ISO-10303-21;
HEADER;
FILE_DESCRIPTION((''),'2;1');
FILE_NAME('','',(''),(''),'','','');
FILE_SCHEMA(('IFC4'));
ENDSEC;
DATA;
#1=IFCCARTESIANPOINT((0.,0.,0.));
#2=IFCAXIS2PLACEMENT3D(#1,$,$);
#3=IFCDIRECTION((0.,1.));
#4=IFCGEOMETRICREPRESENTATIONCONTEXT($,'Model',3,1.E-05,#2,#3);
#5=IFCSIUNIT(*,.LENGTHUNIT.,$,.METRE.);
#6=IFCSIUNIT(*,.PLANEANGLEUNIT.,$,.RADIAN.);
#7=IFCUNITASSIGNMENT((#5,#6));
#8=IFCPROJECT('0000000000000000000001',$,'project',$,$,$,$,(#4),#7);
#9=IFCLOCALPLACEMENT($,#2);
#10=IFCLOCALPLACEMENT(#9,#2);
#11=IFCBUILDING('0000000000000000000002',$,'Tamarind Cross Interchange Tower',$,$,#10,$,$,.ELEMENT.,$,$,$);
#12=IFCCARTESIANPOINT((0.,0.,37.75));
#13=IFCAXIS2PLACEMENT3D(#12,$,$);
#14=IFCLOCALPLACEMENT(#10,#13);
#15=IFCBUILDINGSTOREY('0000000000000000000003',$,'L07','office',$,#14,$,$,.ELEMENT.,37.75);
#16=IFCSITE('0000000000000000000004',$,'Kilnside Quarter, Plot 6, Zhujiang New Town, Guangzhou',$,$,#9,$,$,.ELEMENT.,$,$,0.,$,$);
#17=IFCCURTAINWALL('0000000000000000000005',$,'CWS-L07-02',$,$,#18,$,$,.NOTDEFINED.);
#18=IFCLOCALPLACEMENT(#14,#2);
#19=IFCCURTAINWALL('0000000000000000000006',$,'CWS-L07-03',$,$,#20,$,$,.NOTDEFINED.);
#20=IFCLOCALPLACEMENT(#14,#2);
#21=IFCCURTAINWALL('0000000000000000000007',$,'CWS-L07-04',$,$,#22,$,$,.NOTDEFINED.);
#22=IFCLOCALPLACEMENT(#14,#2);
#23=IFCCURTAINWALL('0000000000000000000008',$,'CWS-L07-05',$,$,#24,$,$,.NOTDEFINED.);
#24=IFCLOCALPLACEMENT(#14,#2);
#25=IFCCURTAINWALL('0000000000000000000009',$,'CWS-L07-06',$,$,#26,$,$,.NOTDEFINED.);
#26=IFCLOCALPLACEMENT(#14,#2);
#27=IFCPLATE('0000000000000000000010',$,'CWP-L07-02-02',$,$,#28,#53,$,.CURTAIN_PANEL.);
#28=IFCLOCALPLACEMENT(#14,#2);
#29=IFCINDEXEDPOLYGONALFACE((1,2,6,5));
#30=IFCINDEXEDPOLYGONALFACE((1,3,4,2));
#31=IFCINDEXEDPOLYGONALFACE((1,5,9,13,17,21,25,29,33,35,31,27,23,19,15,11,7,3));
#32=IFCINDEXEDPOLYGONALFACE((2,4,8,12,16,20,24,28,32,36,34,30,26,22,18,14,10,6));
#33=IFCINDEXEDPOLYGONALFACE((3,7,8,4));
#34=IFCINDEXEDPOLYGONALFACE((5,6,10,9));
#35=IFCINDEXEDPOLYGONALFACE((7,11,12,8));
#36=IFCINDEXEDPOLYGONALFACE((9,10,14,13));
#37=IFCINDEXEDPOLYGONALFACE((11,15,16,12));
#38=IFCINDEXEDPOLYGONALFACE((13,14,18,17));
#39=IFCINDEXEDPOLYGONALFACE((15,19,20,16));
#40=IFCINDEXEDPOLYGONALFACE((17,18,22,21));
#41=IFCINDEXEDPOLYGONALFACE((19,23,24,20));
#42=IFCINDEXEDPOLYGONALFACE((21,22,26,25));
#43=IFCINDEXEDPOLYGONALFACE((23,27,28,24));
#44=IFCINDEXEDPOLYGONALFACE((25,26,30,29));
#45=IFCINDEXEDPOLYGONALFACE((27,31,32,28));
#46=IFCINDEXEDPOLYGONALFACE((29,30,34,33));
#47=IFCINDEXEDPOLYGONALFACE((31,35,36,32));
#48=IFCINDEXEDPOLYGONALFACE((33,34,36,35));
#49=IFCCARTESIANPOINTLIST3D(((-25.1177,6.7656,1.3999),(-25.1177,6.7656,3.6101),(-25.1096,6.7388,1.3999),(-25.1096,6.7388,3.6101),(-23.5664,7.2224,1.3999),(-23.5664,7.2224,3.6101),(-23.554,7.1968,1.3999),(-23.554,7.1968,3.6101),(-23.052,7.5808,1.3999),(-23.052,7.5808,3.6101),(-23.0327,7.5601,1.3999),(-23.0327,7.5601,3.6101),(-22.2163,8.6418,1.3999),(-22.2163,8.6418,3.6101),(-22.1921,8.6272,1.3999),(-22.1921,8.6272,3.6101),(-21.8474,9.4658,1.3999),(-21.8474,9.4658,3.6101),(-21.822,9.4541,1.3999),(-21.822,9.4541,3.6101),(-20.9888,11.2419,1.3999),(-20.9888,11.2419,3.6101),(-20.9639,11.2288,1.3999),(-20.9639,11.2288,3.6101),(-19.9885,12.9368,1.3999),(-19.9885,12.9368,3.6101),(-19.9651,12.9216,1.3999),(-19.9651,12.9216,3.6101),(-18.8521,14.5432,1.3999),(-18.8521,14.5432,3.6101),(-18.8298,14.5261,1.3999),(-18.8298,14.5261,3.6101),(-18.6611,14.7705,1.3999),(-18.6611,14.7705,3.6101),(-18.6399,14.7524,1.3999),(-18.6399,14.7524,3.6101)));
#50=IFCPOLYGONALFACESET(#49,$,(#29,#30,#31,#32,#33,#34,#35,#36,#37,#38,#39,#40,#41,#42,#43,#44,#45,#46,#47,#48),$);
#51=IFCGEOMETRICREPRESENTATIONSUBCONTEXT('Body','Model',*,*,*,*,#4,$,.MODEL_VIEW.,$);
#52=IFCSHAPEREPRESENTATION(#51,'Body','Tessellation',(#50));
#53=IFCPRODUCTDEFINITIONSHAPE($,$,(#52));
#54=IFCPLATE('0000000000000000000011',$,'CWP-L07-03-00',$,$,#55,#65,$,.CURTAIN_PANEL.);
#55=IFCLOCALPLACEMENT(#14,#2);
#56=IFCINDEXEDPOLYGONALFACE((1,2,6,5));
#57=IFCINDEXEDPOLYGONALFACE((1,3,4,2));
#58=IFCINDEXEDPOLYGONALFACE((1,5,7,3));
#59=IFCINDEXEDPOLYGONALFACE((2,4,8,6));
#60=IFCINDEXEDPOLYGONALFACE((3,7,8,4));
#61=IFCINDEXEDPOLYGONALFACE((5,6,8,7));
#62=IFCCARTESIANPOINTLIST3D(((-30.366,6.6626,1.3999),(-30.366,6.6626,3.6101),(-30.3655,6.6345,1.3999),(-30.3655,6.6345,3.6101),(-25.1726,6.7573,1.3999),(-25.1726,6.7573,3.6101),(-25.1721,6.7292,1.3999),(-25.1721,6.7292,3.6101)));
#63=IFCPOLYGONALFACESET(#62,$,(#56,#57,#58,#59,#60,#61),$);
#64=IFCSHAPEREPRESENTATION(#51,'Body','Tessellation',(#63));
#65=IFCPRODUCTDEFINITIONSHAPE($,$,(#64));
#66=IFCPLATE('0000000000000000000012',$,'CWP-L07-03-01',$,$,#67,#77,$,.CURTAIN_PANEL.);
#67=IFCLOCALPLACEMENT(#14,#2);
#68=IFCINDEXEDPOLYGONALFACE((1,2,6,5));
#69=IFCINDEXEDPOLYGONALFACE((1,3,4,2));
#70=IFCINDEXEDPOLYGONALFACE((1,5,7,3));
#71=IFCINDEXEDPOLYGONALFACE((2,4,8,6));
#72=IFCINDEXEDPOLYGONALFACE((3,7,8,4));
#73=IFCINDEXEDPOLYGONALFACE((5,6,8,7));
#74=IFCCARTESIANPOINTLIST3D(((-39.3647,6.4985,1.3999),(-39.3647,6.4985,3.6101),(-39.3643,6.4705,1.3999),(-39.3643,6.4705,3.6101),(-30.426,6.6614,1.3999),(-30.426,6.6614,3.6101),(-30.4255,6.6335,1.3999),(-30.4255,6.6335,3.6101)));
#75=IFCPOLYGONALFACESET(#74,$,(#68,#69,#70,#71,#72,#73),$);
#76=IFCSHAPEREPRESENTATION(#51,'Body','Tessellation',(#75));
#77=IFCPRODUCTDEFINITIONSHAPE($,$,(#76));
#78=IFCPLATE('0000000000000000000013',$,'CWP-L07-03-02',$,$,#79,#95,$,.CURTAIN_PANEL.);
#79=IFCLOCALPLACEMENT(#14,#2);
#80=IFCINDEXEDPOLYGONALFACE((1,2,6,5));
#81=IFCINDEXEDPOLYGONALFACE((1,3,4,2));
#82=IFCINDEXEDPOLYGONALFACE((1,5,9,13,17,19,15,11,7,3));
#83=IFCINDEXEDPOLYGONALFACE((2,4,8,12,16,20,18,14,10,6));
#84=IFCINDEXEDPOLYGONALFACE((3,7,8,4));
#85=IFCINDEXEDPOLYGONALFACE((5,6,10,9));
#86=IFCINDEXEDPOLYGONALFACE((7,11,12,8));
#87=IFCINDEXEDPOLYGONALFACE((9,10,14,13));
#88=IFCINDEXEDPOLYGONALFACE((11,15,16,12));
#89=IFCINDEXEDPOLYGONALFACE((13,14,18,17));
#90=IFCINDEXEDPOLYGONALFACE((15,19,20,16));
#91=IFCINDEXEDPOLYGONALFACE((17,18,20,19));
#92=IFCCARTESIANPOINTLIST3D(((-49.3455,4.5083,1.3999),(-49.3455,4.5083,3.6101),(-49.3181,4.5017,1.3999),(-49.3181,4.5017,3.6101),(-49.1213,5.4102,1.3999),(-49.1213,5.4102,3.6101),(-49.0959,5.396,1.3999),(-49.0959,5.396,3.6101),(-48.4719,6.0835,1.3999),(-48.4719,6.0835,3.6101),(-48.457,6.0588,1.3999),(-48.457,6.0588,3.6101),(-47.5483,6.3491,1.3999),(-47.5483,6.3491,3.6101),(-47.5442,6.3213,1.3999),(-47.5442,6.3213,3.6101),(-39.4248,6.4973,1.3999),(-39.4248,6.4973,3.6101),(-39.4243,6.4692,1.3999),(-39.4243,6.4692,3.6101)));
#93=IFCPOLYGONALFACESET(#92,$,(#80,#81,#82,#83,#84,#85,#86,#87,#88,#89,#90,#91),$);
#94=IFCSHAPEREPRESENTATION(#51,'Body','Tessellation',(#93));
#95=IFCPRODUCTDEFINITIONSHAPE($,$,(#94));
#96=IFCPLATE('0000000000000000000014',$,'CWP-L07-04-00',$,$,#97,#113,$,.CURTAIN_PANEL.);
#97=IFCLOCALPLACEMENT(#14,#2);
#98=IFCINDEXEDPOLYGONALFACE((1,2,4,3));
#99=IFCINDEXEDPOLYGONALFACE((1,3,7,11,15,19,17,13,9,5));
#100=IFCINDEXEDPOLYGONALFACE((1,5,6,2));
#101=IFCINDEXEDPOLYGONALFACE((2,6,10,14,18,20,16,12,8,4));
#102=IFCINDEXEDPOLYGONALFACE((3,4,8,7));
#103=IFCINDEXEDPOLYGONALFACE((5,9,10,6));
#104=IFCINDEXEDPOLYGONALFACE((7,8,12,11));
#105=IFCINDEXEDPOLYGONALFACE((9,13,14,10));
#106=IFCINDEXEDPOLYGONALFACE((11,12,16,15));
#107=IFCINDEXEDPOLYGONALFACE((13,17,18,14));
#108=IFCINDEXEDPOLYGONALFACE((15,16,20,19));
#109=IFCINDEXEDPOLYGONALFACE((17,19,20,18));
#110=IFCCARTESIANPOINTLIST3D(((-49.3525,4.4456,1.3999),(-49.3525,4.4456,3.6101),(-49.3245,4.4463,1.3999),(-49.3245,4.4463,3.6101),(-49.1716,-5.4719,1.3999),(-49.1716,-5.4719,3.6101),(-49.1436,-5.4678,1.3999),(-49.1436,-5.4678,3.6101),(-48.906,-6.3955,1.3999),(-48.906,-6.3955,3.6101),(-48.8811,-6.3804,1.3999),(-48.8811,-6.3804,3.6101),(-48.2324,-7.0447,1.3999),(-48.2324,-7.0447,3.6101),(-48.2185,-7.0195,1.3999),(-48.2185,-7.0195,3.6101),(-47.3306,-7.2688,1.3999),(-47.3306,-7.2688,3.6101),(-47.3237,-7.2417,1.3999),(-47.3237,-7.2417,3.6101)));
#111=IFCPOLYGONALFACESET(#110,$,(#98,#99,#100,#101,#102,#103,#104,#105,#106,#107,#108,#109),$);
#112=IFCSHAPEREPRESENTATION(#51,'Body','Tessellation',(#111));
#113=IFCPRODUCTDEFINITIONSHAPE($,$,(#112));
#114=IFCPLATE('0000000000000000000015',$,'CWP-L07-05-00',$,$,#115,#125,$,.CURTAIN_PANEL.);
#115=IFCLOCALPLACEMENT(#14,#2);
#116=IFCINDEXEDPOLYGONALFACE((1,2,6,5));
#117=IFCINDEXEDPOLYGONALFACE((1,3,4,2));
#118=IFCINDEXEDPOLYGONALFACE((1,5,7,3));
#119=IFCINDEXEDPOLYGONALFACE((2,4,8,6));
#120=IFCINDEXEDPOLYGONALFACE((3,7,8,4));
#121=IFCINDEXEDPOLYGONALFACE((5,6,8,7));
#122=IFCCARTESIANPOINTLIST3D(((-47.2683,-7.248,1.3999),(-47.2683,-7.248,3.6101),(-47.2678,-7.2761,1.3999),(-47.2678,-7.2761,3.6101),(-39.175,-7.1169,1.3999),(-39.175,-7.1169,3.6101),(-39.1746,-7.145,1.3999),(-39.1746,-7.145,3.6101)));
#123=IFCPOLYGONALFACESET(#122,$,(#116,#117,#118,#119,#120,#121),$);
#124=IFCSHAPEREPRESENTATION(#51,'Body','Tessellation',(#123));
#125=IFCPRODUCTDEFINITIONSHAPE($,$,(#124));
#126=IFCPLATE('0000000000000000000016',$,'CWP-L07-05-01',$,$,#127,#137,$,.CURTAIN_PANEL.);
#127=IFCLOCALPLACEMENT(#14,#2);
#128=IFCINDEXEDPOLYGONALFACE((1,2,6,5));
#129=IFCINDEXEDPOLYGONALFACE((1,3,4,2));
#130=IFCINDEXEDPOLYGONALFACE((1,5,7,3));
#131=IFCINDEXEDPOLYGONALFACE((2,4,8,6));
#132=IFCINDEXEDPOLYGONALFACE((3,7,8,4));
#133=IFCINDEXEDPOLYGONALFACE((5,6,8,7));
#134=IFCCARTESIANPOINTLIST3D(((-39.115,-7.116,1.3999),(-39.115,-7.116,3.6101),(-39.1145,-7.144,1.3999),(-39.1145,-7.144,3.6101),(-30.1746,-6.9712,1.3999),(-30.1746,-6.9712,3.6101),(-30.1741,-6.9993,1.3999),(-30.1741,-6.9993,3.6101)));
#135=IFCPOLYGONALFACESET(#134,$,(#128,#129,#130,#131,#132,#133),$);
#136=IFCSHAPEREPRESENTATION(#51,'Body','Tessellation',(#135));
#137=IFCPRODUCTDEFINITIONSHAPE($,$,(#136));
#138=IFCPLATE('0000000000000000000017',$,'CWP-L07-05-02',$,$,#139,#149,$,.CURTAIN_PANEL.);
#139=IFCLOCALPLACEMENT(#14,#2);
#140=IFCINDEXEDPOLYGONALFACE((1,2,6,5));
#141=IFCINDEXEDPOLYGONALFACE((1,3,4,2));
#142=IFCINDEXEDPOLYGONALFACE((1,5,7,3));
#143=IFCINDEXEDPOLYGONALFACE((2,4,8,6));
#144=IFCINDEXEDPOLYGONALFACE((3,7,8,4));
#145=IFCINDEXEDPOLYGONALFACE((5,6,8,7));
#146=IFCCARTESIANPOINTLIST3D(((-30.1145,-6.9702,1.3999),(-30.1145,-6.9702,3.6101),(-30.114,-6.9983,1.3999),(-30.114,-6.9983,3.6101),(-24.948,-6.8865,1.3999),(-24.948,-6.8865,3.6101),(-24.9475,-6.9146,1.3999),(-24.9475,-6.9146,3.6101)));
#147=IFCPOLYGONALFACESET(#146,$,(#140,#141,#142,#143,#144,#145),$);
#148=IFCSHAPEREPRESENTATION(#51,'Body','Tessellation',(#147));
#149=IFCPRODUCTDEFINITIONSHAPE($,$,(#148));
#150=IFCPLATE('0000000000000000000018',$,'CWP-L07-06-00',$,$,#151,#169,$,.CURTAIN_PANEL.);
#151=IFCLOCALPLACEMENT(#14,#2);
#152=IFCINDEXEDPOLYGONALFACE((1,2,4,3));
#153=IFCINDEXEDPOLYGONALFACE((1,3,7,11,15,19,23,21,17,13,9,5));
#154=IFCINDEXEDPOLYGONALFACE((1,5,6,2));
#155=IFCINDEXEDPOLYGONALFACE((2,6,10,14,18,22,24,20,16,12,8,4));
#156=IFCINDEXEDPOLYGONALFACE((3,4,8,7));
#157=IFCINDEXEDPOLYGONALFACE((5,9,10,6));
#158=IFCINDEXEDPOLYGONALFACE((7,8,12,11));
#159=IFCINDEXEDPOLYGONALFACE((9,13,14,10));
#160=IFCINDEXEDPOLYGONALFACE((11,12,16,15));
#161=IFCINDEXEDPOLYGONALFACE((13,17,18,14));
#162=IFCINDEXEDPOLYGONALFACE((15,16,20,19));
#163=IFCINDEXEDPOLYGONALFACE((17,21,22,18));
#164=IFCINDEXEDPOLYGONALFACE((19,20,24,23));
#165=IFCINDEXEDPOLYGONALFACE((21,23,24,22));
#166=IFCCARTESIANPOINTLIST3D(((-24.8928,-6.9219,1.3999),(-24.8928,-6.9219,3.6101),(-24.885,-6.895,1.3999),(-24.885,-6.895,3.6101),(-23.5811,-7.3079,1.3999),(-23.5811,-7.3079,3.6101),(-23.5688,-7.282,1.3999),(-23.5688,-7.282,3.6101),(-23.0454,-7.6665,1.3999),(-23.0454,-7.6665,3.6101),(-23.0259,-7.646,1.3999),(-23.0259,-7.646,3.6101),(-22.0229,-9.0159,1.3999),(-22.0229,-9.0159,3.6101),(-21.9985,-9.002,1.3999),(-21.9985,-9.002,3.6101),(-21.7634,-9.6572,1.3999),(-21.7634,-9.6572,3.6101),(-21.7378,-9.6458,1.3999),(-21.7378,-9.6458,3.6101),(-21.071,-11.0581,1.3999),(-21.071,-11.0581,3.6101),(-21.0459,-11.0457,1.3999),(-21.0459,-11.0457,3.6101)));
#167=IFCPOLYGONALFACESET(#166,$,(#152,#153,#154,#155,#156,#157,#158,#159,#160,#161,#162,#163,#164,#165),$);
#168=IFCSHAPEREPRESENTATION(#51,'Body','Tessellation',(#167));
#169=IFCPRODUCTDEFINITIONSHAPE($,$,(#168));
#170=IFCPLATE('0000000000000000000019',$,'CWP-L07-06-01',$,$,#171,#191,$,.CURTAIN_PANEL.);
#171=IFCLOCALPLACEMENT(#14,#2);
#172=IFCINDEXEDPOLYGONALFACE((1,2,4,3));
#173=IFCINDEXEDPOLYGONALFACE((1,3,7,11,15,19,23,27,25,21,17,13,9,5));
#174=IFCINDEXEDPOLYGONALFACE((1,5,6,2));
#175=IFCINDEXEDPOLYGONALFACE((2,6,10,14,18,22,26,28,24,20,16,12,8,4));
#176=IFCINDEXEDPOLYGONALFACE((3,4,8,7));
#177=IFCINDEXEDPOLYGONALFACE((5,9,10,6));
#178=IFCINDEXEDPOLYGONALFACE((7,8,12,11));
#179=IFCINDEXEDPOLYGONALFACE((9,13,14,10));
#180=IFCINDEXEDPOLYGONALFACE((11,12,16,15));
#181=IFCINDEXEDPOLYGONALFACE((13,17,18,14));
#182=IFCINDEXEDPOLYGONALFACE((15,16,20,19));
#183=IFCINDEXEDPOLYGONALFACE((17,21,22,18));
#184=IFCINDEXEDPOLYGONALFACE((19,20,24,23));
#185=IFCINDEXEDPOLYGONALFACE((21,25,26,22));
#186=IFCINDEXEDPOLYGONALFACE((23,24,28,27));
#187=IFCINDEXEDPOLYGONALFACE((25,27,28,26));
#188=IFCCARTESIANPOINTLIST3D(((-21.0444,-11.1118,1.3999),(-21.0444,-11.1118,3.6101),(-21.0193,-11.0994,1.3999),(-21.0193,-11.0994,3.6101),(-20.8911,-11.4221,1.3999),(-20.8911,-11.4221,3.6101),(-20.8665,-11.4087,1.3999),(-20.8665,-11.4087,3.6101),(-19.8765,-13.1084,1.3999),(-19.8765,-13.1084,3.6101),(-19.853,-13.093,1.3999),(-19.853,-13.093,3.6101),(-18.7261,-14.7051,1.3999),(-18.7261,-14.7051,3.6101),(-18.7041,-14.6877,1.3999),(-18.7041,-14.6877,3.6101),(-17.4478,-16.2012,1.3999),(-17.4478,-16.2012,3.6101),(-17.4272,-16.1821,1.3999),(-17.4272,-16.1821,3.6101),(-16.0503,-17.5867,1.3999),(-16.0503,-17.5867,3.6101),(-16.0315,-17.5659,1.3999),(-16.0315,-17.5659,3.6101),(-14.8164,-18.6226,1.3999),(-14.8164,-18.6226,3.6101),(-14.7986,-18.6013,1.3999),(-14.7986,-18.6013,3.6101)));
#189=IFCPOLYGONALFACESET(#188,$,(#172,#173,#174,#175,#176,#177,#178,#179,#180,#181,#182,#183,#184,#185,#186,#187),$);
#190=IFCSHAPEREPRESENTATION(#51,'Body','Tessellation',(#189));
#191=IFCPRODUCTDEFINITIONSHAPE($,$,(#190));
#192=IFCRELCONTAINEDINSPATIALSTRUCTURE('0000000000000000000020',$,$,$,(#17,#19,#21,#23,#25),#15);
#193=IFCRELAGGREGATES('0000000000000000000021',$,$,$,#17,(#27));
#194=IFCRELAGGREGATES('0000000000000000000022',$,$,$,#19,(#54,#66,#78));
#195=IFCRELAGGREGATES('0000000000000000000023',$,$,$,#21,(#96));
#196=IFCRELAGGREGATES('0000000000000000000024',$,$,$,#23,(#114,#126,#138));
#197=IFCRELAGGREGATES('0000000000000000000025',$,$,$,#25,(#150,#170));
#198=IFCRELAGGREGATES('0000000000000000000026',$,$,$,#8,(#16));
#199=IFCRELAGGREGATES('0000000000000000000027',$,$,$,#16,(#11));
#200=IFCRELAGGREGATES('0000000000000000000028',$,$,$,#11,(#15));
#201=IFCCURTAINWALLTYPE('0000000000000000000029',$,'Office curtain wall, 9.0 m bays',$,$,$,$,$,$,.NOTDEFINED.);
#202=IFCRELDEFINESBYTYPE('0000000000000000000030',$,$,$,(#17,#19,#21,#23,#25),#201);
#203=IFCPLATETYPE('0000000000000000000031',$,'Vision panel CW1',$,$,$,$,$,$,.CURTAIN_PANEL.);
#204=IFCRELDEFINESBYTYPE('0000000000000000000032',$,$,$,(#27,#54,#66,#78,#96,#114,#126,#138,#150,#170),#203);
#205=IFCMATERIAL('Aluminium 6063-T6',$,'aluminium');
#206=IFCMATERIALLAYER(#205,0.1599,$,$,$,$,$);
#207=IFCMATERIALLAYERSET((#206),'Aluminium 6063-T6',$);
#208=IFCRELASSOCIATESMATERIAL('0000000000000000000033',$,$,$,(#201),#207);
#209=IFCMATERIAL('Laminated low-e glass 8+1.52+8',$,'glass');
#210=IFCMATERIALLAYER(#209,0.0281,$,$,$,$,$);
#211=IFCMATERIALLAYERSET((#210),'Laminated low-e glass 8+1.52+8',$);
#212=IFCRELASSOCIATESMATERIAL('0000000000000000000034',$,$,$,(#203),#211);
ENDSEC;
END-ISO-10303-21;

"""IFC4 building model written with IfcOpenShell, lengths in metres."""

from ifc_helpers import new_model, si_unit, direction, frame, origin, place, context, subcontext, project, spatial, polyline, outline, extrude, material, layer, layer_set, type_object, element, aggregate, save


model = new_model("IFC4")

# Units and contexts
model_context = context("Model", 3, precision=1e-05, world=origin(), true_north=direction((0.0, 1.0)))
body_context = subcontext(model_context, "Body", "Model", "MODEL_VIEW")
ifc_project = project(units=[si_unit("LENGTHUNIT", "METRE"), si_unit("PLANEANGLEUNIT", "RADIAN")], contexts=[model_context])

# Site, building, storey
site_placement = place(None, origin())
site = spatial("IfcSite", under=ifc_project, at=site_placement, Name="Kilnside Quarter, Plot 6, Zhujiang New Town, Guangzhou", CompositionType="ELEMENT", RefElevation=0.0)
building_placement = place(site_placement, origin())
building = spatial("IfcBuilding", under=site, at=building_placement, Name="Tamarind Cross Interchange Tower", CompositionType="ELEMENT")
storey_placement = place(building_placement, frame((0.0, 0.0, 37.75)))
storey = spatial("IfcBuildingStorey", under=building, at=storey_placement, Name="L07", Description="office", CompositionType="ELEMENT", Elevation=37.75)

# Curtain walls
ifc_material_1 = material(Name="Aluminium 6063-T6", Category="aluminium")
ifc_layer_1 = layer(ifc_material_1, 0.1599)
ifc_layer_set_1 = layer_set([ifc_layer_1], Name="Aluminium 6063-T6")
curtain_wall_type = type_object("IfcCurtainWallType", Name="Office curtain wall, 9.0 m bays", PredefinedType="NOTDEFINED", material=ifc_layer_set_1)
curtain_wall_1_placement = place(storey_placement, origin())
curtain_wall_1 = element("IfcCurtainWall", 1, at=curtain_wall_1_placement, inside=storey, type_object=curtain_wall_type, Name="CWS-L07-02", PredefinedType="NOTDEFINED")
curtain_wall_2_placement = place(storey_placement, origin())
curtain_wall_2 = element("IfcCurtainWall", 2, at=curtain_wall_2_placement, inside=storey, type_object=curtain_wall_type, Name="CWS-L07-03", PredefinedType="NOTDEFINED")
curtain_wall_3_placement = place(storey_placement, origin())
curtain_wall_3 = element("IfcCurtainWall", 3, at=curtain_wall_3_placement, inside=storey, type_object=curtain_wall_type, Name="CWS-L07-04", PredefinedType="NOTDEFINED")
curtain_wall_4_placement = place(storey_placement, origin())
curtain_wall_4 = element("IfcCurtainWall", 4, at=curtain_wall_4_placement, inside=storey, type_object=curtain_wall_type, Name="CWS-L07-05", PredefinedType="NOTDEFINED")
curtain_wall_5_placement = place(storey_placement, origin())
curtain_wall_5 = element("IfcCurtainWall", 5, at=curtain_wall_5_placement, inside=storey, type_object=curtain_wall_type, Name="CWS-L07-06", PredefinedType="NOTDEFINED")

# Plates
ifc_material_2 = material(Name="Laminated low-e glass 8+1.52+8", Category="glass")
ifc_layer_2 = layer(ifc_material_2, 0.0281)
ifc_layer_set_2 = layer_set([ifc_layer_2], Name="Laminated low-e glass 8+1.52+8")
plate_type = type_object("IfcPlateType", Name="Vision panel CW1", PredefinedType="CURTAIN_PANEL", material=ifc_layer_set_2)
plate_1_placement = place(storey_placement, frame((0.0, 0.0, 1.3999)))
plate_1 = element("IfcPlate", 6, at=plate_1_placement, type_object=plate_type, Name="CWP-L07-02-02", PredefinedType="CURTAIN_PANEL", context=body_context, shape_type="SweptSolid", body=[
    extrude(outline(polyline([(-18.6399, 14.7524), (-18.8298, 14.5261), (-19.9651, 12.9216), (-20.9639, 11.2288), (-21.822, 9.4541), (-22.1921, 8.6272), (-23.0327, 7.5601), (-23.554, 7.1968), (-25.1096, 6.7388), (-25.1177, 6.7656), (-23.5664, 7.2224), (-23.052, 7.5808), (-22.2163, 8.6418), (-21.8474, 9.4658), (-20.9888, 11.2419), (-19.9885, 12.9368), (-18.8521, 14.5432), (-18.6611, 14.7705), (-18.6399, 14.7524)])), origin(), (0.0, 0.0, 1.0), 2.2102),
])
aggregate(curtain_wall_1, [plate_1])
plate_2_placement = place(storey_placement, frame((0.0, 0.0, 1.3999)))
plate_2 = element("IfcPlate", 7, at=plate_2_placement, type_object=plate_type, Name="CWP-L07-03-00", PredefinedType="CURTAIN_PANEL", context=body_context, shape_type="SweptSolid", body=[
    extrude(outline(polyline([(-25.1721, 6.7292), (-30.3655, 6.6345), (-30.366, 6.6626), (-25.1726, 6.7573), (-25.1721, 6.7292)])), origin(), (0.0, 0.0, 1.0), 2.2102),
])
plate_3_placement = place(storey_placement, frame((0.0, 0.0, 1.3999)))
plate_3 = element("IfcPlate", 8, at=plate_3_placement, type_object=plate_type, Name="CWP-L07-03-01", PredefinedType="CURTAIN_PANEL", context=body_context, shape_type="SweptSolid", body=[
    extrude(outline(polyline([(-30.4255, 6.6335), (-39.3643, 6.4705), (-39.3647, 6.4985), (-30.426, 6.6614), (-30.4255, 6.6335)])), origin(), (0.0, 0.0, 1.0), 2.2102),
])
plate_4_placement = place(storey_placement, frame((0.0, 0.0, 1.3999)))
plate_4 = element("IfcPlate", 9, at=plate_4_placement, type_object=plate_type, Name="CWP-L07-03-02", PredefinedType="CURTAIN_PANEL", context=body_context, shape_type="SweptSolid", body=[
    extrude(outline(polyline([(-39.4243, 6.4692), (-47.5442, 6.3213), (-48.457, 6.0588), (-49.0959, 5.396), (-49.3181, 4.5017), (-49.3455, 4.5083), (-49.1213, 5.4102), (-48.4719, 6.0835), (-47.5483, 6.3491), (-39.4248, 6.4973), (-39.4243, 6.4692)])), origin(), (0.0, 0.0, 1.0), 2.2102),
])
aggregate(curtain_wall_2, [plate_2, plate_3, plate_4])
plate_5_placement = place(storey_placement, frame((0.0, 0.0, 1.3999)))
plate_5 = element("IfcPlate", 10, at=plate_5_placement, type_object=plate_type, Name="CWP-L07-04-00", PredefinedType="CURTAIN_PANEL", context=body_context, shape_type="SweptSolid", body=[
    extrude(outline(polyline([(-49.3245, 4.4463), (-49.1436, -5.4678), (-48.8811, -6.3804), (-48.2185, -7.0195), (-47.3237, -7.2417), (-47.3306, -7.2688), (-48.2324, -7.0447), (-48.906, -6.3955), (-49.1716, -5.4719), (-49.3525, 4.4456), (-49.3245, 4.4463)])), origin(), (0.0, 0.0, 1.0), 2.2102),
])
aggregate(curtain_wall_3, [plate_5])
plate_6_placement = place(storey_placement, frame((0.0, 0.0, 1.3999)))
plate_6 = element("IfcPlate", 11, at=plate_6_placement, type_object=plate_type, Name="CWP-L07-05-00", PredefinedType="CURTAIN_PANEL", context=body_context, shape_type="SweptSolid", body=[
    extrude(outline(polyline([(-47.2683, -7.248), (-39.175, -7.1169), (-39.1746, -7.145), (-47.2678, -7.2761), (-47.2683, -7.248)])), origin(), (0.0, 0.0, 1.0), 2.2102),
])
plate_7_placement = place(storey_placement, frame((0.0, 0.0, 1.3999)))
plate_7 = element("IfcPlate", 12, at=plate_7_placement, type_object=plate_type, Name="CWP-L07-05-01", PredefinedType="CURTAIN_PANEL", context=body_context, shape_type="SweptSolid", body=[
    extrude(outline(polyline([(-39.115, -7.116), (-30.1746, -6.9712), (-30.1741, -6.9993), (-39.1145, -7.144), (-39.115, -7.116)])), origin(), (0.0, 0.0, 1.0), 2.2102),
])
plate_8_placement = place(storey_placement, frame((0.0, 0.0, 1.3999)))
plate_8 = element("IfcPlate", 13, at=plate_8_placement, type_object=plate_type, Name="CWP-L07-05-02", PredefinedType="CURTAIN_PANEL", context=body_context, shape_type="SweptSolid", body=[
    extrude(outline(polyline([(-30.1145, -6.9702), (-24.948, -6.8865), (-24.9475, -6.9146), (-30.114, -6.9983), (-30.1145, -6.9702)])), origin(), (0.0, 0.0, 1.0), 2.2102),
])
aggregate(curtain_wall_4, [plate_6, plate_7, plate_8])
plate_9_placement = place(storey_placement, frame((0.0, 0.0, 1.3999)))
plate_9 = element("IfcPlate", 14, at=plate_9_placement, type_object=plate_type, Name="CWP-L07-06-00", PredefinedType="CURTAIN_PANEL", context=body_context, shape_type="SweptSolid", body=[
    extrude(outline(polyline([(-24.885, -6.895), (-23.5688, -7.282), (-23.0259, -7.646), (-21.9985, -9.002), (-21.7378, -9.6458), (-21.0459, -11.0457), (-21.071, -11.0581), (-21.7634, -9.6572), (-22.0229, -9.0159), (-23.0454, -7.6665), (-23.5811, -7.3079), (-24.8928, -6.9219), (-24.885, -6.895)])), origin(), (0.0, 0.0, 1.0), 2.2102),
])
plate_10_placement = place(storey_placement, frame((0.0, 0.0, 1.3999)))
plate_10 = element("IfcPlate", 15, at=plate_10_placement, type_object=plate_type, Name="CWP-L07-06-01", PredefinedType="CURTAIN_PANEL", context=body_context, shape_type="SweptSolid", body=[
    extrude(outline(polyline([(-21.0193, -11.0994), (-20.8665, -11.4087), (-19.853, -13.093), (-18.7041, -14.6877), (-17.4272, -16.1821), (-16.0315, -17.5659), (-14.7986, -18.6013), (-14.8164, -18.6226), (-16.0503, -17.5867), (-17.4478, -16.2012), (-18.7261, -14.7051), (-19.8765, -13.1084), (-20.8911, -11.4221), (-21.0444, -11.1118), (-21.0193, -11.0994)])), origin(), (0.0, 0.0, 1.0), 2.2102),
])
aggregate(curtain_wall_5, [plate_9, plate_10])

save(model, "model.ifc")
